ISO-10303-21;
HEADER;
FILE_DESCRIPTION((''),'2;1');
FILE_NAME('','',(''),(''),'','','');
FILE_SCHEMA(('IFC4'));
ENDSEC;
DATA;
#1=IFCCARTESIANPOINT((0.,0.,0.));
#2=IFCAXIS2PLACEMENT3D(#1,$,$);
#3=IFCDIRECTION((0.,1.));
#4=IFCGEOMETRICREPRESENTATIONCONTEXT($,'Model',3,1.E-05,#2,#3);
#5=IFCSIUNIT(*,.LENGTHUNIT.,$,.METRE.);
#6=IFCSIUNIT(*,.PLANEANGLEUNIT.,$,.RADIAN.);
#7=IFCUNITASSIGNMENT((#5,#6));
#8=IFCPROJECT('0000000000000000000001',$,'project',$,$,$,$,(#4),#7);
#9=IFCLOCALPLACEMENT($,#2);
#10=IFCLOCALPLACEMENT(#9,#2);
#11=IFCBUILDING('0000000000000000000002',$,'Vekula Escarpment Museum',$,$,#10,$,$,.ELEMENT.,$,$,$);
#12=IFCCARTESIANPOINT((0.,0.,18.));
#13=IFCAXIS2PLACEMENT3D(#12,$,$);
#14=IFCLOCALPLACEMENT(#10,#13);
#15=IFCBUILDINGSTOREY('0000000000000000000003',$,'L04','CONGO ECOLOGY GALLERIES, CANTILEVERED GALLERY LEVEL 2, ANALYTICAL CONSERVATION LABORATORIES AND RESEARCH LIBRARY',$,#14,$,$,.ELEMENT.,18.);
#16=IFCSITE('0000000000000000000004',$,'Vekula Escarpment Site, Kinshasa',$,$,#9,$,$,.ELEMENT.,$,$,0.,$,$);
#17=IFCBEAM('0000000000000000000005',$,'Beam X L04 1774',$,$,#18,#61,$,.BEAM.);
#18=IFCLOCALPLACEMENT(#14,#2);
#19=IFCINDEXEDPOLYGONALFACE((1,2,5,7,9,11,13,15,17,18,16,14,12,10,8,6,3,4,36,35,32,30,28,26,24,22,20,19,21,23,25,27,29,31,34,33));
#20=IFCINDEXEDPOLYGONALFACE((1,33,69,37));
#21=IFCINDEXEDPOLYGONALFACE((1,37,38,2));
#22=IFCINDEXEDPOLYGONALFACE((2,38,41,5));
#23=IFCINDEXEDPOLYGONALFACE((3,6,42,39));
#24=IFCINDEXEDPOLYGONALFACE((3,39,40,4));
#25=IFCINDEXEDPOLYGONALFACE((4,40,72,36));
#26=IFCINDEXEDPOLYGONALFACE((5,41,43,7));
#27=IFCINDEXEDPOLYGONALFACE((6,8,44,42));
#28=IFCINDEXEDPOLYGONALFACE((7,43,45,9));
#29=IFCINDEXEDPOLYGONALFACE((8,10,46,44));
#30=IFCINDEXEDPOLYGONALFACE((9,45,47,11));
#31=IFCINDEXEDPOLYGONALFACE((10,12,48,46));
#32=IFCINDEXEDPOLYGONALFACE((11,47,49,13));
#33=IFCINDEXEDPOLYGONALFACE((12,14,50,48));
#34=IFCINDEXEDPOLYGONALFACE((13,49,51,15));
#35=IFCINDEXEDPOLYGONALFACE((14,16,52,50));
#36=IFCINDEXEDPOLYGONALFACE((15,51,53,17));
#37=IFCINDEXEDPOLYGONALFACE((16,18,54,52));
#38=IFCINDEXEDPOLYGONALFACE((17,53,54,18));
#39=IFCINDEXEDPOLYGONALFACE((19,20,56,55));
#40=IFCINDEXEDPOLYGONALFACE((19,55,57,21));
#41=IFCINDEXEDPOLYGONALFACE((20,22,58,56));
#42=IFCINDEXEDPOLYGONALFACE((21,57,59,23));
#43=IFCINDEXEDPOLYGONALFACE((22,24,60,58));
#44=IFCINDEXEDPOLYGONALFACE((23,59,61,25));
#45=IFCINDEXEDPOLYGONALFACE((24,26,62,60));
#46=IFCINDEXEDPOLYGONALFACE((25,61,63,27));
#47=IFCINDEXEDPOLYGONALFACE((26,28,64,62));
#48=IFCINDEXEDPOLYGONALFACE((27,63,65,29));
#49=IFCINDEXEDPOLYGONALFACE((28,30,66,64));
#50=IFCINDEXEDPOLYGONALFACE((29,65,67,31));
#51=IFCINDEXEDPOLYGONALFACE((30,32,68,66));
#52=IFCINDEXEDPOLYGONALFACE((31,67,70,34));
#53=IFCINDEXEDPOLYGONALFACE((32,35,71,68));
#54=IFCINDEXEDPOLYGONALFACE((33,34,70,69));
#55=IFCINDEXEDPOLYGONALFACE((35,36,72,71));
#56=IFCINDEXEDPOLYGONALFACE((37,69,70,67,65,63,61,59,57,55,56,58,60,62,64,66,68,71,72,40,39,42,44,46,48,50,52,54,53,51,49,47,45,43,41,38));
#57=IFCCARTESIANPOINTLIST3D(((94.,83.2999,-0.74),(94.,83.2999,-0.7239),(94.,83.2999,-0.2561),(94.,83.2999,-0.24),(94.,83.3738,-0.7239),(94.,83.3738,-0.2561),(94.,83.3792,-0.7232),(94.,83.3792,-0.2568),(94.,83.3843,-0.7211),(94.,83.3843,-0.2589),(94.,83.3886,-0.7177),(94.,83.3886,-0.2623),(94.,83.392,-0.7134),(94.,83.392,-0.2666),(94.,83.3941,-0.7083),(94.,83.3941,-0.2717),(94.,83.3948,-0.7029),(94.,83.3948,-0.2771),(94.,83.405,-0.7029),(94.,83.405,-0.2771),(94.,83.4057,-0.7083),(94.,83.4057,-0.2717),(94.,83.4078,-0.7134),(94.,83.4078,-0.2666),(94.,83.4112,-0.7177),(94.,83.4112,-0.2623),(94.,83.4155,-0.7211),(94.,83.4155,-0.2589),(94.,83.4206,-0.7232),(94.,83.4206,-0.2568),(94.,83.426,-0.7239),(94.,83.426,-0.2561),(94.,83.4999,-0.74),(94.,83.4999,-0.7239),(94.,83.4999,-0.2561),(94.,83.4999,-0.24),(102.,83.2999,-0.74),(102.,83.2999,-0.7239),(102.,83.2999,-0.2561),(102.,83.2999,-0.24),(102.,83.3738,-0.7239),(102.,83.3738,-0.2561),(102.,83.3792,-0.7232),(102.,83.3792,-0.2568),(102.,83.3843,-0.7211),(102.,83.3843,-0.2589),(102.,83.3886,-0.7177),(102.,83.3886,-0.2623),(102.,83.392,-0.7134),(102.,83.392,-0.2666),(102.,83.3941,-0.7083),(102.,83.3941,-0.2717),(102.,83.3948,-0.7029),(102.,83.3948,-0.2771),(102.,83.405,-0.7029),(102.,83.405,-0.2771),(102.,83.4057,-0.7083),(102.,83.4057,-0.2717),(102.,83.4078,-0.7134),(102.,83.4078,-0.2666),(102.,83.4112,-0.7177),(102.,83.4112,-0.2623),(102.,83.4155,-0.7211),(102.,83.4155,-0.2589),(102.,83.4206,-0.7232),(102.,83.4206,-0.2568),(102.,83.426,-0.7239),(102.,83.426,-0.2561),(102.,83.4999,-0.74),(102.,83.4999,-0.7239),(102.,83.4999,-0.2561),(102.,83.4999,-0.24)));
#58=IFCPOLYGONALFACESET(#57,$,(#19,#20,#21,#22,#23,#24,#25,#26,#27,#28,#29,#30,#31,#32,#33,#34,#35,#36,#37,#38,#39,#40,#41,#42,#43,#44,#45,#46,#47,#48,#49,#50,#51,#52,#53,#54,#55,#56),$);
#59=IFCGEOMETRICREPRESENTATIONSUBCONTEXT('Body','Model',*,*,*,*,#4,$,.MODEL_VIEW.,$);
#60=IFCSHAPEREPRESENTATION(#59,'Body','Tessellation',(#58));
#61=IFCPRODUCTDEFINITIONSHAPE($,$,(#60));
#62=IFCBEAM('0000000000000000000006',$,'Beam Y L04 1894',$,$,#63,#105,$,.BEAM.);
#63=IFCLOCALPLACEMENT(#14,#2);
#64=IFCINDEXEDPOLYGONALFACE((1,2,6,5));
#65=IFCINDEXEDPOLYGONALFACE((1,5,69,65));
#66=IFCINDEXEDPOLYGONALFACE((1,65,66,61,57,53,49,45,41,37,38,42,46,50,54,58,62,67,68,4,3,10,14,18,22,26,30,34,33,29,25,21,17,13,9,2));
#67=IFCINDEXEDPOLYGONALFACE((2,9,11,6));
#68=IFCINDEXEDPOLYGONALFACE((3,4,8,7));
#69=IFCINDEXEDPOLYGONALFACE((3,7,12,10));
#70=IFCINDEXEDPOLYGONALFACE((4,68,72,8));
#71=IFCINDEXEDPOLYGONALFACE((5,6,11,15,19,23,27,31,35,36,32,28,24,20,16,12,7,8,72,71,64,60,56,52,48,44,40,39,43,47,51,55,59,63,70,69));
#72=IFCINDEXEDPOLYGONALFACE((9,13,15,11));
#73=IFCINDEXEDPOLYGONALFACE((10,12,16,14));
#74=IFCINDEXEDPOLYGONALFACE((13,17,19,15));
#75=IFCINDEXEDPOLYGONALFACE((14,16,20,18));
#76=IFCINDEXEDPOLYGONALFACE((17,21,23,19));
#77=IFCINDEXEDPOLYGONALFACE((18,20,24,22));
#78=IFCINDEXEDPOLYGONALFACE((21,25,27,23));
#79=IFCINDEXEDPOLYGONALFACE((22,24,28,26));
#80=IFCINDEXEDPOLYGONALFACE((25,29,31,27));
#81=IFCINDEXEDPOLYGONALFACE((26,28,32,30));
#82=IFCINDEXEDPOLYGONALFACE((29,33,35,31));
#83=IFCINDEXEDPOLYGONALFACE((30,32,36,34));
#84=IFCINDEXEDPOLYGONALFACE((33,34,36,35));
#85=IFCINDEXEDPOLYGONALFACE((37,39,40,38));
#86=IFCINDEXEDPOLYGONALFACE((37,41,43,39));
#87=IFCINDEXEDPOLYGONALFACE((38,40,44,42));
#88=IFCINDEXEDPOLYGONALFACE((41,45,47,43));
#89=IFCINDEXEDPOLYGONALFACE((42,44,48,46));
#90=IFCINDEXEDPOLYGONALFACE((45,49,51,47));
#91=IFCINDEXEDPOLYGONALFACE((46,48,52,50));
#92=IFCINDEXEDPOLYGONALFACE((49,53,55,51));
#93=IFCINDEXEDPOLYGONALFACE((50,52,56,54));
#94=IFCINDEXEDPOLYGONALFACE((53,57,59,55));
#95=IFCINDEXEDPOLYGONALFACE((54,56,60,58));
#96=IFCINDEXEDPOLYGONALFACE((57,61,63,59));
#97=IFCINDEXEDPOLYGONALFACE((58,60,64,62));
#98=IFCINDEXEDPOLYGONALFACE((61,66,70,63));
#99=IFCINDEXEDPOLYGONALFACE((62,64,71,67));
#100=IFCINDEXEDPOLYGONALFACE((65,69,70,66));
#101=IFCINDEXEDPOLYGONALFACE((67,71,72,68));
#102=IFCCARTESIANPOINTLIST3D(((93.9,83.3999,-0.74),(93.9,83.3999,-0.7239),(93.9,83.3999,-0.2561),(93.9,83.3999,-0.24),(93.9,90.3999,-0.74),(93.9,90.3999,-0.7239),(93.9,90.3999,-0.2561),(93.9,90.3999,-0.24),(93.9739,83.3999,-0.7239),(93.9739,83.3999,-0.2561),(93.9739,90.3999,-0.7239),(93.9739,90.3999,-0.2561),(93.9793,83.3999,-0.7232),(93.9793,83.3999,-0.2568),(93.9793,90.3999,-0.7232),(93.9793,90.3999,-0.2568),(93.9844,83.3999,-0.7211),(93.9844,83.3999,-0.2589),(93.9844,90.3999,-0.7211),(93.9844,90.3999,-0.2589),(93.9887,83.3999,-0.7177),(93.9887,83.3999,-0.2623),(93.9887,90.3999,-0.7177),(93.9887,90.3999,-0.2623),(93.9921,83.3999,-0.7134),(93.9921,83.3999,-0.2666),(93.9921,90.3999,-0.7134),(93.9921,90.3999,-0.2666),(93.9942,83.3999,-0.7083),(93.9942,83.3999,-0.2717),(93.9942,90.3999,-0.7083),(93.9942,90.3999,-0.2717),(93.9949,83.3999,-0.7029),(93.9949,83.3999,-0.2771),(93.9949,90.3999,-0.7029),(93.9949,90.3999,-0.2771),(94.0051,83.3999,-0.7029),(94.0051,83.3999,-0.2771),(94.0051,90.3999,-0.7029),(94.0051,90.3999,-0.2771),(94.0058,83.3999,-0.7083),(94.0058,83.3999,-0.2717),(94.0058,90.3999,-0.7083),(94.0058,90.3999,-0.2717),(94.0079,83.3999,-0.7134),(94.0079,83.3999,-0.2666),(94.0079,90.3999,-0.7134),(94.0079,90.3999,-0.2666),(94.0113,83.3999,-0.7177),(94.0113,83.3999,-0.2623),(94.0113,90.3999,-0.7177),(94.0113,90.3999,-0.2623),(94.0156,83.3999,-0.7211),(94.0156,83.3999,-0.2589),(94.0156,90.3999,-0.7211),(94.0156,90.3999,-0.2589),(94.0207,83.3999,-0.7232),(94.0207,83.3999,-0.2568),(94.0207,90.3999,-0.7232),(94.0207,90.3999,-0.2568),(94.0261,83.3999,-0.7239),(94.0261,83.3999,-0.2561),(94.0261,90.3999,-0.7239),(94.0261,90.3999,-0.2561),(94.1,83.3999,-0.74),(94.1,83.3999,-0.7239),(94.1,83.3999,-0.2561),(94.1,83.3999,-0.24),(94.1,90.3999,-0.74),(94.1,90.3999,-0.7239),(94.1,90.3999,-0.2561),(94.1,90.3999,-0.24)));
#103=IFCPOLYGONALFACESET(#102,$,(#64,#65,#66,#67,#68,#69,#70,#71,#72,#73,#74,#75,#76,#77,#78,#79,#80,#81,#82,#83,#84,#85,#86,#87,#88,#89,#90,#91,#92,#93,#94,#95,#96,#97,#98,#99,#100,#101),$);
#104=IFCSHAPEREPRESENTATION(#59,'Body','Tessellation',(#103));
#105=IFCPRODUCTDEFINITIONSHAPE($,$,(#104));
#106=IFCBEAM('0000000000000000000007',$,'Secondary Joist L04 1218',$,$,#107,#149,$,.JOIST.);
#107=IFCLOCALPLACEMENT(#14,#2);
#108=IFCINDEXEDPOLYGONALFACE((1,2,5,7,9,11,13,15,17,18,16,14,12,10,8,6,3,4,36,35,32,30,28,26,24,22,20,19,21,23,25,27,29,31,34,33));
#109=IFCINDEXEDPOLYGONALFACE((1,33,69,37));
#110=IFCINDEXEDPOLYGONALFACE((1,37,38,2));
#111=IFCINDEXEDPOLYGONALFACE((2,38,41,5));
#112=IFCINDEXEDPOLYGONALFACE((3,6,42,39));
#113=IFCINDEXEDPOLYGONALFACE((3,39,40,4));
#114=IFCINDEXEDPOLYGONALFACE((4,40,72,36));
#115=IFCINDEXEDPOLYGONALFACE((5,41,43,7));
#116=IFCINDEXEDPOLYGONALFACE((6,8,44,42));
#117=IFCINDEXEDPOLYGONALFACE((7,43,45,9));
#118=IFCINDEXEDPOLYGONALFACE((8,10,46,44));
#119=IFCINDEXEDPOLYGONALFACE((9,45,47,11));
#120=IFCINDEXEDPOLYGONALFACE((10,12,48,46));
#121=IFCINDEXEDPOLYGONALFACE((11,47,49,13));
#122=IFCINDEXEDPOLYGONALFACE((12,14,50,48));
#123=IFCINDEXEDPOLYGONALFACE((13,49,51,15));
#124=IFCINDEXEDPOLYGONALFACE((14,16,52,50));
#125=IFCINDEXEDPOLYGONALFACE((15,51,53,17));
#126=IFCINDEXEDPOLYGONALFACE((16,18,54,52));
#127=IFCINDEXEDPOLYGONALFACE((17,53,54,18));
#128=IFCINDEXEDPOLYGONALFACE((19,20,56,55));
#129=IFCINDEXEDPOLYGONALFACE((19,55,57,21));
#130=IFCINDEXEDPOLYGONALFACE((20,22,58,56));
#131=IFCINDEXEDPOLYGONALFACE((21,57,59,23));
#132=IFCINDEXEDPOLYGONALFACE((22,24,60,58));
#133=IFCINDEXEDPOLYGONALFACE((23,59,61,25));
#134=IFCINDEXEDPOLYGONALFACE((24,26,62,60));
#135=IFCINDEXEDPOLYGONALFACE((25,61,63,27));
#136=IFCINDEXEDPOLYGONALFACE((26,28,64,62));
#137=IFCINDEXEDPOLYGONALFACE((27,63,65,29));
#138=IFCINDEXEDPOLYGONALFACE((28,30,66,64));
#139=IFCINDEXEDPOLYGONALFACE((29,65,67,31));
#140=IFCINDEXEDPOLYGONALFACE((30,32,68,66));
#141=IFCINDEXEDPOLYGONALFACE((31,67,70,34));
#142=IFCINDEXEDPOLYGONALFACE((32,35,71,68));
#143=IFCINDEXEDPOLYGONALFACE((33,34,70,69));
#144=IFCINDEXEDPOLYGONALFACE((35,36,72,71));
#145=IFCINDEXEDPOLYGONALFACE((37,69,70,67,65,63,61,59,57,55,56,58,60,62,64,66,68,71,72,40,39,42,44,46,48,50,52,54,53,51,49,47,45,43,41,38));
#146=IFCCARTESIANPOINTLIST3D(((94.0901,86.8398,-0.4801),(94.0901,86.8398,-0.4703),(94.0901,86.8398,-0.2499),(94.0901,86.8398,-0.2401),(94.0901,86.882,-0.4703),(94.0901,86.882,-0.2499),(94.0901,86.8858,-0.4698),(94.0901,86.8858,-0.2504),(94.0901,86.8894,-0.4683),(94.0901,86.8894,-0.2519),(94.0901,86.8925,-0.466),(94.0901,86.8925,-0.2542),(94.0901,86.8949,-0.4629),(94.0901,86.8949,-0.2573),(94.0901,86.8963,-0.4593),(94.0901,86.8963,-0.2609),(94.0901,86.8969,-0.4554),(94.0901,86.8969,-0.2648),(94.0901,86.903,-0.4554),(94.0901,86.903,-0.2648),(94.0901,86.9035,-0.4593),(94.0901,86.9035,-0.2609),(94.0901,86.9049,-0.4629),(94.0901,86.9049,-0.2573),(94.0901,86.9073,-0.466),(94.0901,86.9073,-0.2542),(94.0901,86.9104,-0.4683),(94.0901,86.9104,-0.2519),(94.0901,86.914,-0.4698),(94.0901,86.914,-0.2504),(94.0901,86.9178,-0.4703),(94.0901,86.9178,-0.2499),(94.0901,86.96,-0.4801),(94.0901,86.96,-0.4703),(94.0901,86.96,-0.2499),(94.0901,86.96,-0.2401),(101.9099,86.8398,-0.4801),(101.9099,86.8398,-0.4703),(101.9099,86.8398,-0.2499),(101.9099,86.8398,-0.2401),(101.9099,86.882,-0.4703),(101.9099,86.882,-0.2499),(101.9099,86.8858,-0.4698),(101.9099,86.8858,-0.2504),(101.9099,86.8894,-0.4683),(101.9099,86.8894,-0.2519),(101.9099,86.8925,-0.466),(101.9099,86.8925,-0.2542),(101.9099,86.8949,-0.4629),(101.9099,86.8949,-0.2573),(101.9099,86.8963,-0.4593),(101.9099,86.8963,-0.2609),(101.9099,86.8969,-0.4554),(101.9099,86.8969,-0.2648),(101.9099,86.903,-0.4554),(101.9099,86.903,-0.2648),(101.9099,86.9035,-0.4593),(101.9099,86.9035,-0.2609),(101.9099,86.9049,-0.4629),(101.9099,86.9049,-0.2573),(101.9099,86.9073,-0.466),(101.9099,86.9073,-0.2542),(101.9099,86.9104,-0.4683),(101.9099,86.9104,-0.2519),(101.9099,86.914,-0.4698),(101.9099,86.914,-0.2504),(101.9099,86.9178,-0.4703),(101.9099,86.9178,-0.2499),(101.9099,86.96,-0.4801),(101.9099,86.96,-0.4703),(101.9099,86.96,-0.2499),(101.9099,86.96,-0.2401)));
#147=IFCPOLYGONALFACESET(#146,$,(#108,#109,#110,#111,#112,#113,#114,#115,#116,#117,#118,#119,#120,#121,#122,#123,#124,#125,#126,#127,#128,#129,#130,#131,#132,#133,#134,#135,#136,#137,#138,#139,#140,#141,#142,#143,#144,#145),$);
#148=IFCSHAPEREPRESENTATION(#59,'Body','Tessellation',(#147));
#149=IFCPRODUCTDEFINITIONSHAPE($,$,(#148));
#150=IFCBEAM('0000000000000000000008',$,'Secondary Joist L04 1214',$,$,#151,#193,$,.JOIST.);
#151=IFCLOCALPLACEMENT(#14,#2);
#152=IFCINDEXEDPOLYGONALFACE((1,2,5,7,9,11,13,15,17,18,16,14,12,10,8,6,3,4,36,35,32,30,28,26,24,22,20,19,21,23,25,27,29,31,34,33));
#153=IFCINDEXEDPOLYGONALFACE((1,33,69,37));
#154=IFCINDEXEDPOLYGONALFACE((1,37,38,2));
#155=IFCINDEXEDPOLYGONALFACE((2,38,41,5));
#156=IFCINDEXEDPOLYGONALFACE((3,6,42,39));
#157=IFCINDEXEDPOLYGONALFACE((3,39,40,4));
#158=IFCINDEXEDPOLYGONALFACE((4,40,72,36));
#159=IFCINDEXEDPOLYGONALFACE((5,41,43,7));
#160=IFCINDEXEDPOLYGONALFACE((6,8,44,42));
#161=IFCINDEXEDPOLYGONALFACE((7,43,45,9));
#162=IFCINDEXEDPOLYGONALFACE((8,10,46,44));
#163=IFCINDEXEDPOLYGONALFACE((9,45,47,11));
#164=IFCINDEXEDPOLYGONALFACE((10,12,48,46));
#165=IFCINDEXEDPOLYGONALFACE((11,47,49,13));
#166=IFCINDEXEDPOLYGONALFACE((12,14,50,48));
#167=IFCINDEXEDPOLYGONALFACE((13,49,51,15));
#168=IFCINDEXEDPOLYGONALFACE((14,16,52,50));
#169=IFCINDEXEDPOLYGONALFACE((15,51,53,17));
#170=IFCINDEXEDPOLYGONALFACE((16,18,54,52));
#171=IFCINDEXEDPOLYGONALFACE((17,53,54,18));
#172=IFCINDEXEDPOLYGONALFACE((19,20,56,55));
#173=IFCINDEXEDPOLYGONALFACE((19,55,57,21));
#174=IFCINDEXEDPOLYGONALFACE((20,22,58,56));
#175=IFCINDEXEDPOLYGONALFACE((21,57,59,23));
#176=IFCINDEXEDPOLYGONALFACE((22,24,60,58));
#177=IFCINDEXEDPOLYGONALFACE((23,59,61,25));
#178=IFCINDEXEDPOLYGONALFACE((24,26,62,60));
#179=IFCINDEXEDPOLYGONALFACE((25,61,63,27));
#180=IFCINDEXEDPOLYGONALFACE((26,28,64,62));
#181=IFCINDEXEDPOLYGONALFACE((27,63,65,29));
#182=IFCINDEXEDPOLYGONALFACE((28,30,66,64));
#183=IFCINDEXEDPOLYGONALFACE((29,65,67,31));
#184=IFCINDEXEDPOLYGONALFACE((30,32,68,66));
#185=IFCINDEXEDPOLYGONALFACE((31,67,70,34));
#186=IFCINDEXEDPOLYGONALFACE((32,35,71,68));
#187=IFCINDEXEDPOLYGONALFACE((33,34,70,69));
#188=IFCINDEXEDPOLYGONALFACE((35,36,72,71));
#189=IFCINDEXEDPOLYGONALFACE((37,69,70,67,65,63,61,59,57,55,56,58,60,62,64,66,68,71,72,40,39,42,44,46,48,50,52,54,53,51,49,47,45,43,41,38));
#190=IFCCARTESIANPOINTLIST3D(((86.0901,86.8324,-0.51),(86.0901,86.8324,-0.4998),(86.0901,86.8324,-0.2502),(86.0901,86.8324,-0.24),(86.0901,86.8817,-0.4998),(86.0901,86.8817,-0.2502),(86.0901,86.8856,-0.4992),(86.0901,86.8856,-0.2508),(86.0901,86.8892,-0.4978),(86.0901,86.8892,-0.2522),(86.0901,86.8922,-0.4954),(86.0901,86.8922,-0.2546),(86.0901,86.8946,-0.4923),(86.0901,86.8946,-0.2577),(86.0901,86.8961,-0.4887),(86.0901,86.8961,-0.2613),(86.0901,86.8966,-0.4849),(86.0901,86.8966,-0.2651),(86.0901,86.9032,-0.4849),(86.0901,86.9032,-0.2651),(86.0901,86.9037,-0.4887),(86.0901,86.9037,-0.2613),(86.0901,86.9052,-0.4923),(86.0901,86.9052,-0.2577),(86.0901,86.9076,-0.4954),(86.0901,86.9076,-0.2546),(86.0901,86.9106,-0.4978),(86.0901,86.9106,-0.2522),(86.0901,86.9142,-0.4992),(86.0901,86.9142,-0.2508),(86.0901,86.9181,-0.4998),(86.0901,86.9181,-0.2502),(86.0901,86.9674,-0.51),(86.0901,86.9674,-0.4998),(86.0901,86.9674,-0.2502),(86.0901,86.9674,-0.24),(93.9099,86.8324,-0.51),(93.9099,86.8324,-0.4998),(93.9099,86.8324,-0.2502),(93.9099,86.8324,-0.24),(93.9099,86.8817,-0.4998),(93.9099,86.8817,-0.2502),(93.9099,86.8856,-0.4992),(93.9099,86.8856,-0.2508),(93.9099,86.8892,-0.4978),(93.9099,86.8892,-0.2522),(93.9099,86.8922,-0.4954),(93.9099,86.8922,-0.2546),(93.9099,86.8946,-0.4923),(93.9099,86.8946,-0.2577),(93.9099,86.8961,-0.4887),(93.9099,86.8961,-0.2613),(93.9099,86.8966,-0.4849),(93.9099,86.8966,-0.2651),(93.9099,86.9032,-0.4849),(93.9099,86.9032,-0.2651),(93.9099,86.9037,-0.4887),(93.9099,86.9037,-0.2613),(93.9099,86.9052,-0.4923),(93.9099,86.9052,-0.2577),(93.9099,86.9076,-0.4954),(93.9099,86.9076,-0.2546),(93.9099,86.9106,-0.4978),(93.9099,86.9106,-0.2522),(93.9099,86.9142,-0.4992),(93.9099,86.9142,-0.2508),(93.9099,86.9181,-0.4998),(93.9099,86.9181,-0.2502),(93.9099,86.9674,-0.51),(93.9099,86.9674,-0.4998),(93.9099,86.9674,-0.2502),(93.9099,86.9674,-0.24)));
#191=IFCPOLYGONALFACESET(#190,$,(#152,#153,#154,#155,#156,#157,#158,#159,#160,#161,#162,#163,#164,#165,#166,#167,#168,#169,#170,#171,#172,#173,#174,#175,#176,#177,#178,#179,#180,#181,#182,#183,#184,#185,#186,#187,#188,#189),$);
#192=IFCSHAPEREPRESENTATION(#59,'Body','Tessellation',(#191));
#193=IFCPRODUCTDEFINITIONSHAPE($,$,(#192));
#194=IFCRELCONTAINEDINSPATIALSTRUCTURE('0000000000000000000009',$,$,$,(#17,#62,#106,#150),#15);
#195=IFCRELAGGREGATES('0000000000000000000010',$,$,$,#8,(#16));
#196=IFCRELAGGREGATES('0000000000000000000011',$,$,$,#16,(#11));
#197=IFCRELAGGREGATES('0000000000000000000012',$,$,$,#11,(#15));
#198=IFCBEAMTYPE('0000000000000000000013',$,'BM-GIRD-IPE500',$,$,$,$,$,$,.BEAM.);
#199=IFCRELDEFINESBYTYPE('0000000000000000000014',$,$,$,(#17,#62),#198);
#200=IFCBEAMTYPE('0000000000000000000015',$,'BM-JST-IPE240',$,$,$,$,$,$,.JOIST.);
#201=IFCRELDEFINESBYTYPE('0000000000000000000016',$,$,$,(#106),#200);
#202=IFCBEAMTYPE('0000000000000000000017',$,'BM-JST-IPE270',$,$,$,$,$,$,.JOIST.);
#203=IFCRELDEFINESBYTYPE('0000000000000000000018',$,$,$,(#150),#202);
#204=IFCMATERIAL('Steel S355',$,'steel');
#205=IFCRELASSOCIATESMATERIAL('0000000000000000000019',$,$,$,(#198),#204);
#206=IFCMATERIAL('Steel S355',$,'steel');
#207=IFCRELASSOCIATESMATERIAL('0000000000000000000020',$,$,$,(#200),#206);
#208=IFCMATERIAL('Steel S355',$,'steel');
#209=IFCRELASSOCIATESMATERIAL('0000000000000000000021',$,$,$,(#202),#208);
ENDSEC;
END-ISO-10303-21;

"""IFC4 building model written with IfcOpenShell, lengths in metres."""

from ifc_helpers import new_model, si_unit, direction, frame, origin, origin_2d, place, context, subcontext, project, spatial, i_section, extrude, material, material_profile, profile_set, type_object, element, save


model = new_model("IFC4")

# Units and contexts
model_context = context("Model", 3, precision=1e-05, world=origin(), true_north=direction((0.0, 1.0)))
body_context = subcontext(model_context, "Body", "Model", "MODEL_VIEW")
ifc_project = project(units=[si_unit("LENGTHUNIT", "METRE"), si_unit("PLANEANGLEUNIT", "RADIAN")], contexts=[model_context])

# Site, building, storey
site_placement = place(None, origin())
site = spatial("IfcSite", under=ifc_project, at=site_placement, Name="Vekula Escarpment Site, Kinshasa", CompositionType="ELEMENT", RefElevation=0.0)
building_placement = place(site_placement, origin())
building = spatial("IfcBuilding", under=site, at=building_placement, Name="Vekula Escarpment Museum", CompositionType="ELEMENT")
storey_placement = place(building_placement, frame((0.0, 0.0, 18.0)))
storey = spatial("IfcBuildingStorey", under=building, at=storey_placement, Name="L04", Description="CONGO ECOLOGY GALLERIES, CANTILEVERED GALLERY LEVEL 2, ANALYTICAL CONSERVATION LABORATORIES AND RESEARCH LIBRARY", CompositionType="ELEMENT", Elevation=18.0)

# Beams
ifc_material_1 = material(Name="Steel S355", Category="steel")
ifc_material_profile_1 = material_profile(ifc_material_1, i_section(OverallWidth=0.2, OverallDepth=0.5, WebThickness=0.0103, FlangeThickness=0.0161, FilletRadius=0.021, at=origin_2d()), Name="IPE 500")
ifc_profile_set_1 = profile_set([ifc_material_profile_1], Name="Steel S355")
beam_type_1 = type_object("IfcBeamType", Name="BM-GIRD-IPE500", PredefinedType="BEAM", material=ifc_profile_set_1)
beam_1_placement = place(storey_placement, frame((94.0, 83.3999, -0.49), z_axis=(1.0, 0.0, 0.0), x_axis=(0.0, 1.0, 0.0)))
element("IfcBeam", 1, at=beam_1_placement, inside=storey, type_object=beam_type_1, Name="Beam X L04 1774", PredefinedType="BEAM", context=body_context, shape_type="SweptSolid", body=[
    extrude(i_section(OverallWidth=0.2, OverallDepth=0.5, WebThickness=0.0103, FlangeThickness=0.0161, FilletRadius=0.021, at=origin_2d()), origin(), (0.0, 0.0, 1.0), 8.0),
])
beam_2_placement = place(storey_placement, frame((94.0, 83.3999, -0.49), z_axis=(0.0, 1.0, 0.0), x_axis=(-1.0, 0.0, 0.0)))
element("IfcBeam", 2, at=beam_2_placement, inside=storey, type_object=beam_type_1, Name="Beam Y L04 1894", PredefinedType="BEAM", context=body_context, shape_type="SweptSolid", body=[
    extrude(i_section(OverallWidth=0.2, OverallDepth=0.5, WebThickness=0.0103, FlangeThickness=0.0161, FilletRadius=0.021, at=origin_2d()), origin(), (0.0, 0.0, 1.0), 7.0),
])
ifc_material_2 = material(Name="Steel S355", Category="steel")
ifc_material_profile_2 = material_profile(ifc_material_2, i_section(OverallWidth=0.1201, OverallDepth=0.24, WebThickness=0.0061, FlangeThickness=0.0098, FilletRadius=0.0149, at=origin_2d()), Name="IPE 240")
ifc_profile_set_2 = profile_set([ifc_material_profile_2], Name="Steel S355")
beam_type_2 = type_object("IfcBeamType", Name="BM-JST-IPE240", PredefinedType="JOIST", material=ifc_profile_set_2)
beam_3_placement = place(storey_placement, frame((94.0901, 86.8999, -0.3601), z_axis=(1.0, 0.0, 0.0), x_axis=(0.0, 1.0, 0.0)))
element("IfcBeam", 3, at=beam_3_placement, inside=storey, type_object=beam_type_2, Name="Secondary Joist L04 1218", PredefinedType="JOIST", context=body_context, shape_type="SweptSolid", body=[
    extrude(i_section(OverallWidth=0.1201, OverallDepth=0.24, WebThickness=0.0061, FlangeThickness=0.0098, FilletRadius=0.0149, at=origin_2d()), origin(), (0.0, 0.0, 1.0), 7.8198),
])
ifc_material_3 = material(Name="Steel S355", Category="steel")
ifc_material_profile_3 = material_profile(ifc_material_3, i_section(OverallWidth=0.135, OverallDepth=0.27, WebThickness=0.0066, FlangeThickness=0.0103, FilletRadius=0.0149, at=origin_2d()), Name="IPE 270")
ifc_profile_set_3 = profile_set([ifc_material_profile_3], Name="Steel S355")
beam_type_3 = type_object("IfcBeamType", Name="BM-JST-IPE270", PredefinedType="JOIST", material=ifc_profile_set_3)
for number, where, z_axis, x_axis, name in (
    (4, (86.0901, 86.8999, -0.375), (1.0, 0.0, 0.0), (0.0, 1.0, 0.0), "Secondary Joist L04 1214"),
):
    element("IfcBeam", number, at=place(storey_placement, frame(where, z_axis=z_axis, x_axis=x_axis)), inside=storey, type_object=beam_type_3, Name=name, PredefinedType="JOIST", context=body_context, shape_type="SweptSolid", body=[
        extrude(i_section(OverallWidth=0.135, OverallDepth=0.27, WebThickness=0.0066, FlangeThickness=0.0103, FilletRadius=0.0149, at=origin_2d()), origin(), (0.0, 0.0, 1.0), 7.8198),
    ])

save(model, "model.ifc")
